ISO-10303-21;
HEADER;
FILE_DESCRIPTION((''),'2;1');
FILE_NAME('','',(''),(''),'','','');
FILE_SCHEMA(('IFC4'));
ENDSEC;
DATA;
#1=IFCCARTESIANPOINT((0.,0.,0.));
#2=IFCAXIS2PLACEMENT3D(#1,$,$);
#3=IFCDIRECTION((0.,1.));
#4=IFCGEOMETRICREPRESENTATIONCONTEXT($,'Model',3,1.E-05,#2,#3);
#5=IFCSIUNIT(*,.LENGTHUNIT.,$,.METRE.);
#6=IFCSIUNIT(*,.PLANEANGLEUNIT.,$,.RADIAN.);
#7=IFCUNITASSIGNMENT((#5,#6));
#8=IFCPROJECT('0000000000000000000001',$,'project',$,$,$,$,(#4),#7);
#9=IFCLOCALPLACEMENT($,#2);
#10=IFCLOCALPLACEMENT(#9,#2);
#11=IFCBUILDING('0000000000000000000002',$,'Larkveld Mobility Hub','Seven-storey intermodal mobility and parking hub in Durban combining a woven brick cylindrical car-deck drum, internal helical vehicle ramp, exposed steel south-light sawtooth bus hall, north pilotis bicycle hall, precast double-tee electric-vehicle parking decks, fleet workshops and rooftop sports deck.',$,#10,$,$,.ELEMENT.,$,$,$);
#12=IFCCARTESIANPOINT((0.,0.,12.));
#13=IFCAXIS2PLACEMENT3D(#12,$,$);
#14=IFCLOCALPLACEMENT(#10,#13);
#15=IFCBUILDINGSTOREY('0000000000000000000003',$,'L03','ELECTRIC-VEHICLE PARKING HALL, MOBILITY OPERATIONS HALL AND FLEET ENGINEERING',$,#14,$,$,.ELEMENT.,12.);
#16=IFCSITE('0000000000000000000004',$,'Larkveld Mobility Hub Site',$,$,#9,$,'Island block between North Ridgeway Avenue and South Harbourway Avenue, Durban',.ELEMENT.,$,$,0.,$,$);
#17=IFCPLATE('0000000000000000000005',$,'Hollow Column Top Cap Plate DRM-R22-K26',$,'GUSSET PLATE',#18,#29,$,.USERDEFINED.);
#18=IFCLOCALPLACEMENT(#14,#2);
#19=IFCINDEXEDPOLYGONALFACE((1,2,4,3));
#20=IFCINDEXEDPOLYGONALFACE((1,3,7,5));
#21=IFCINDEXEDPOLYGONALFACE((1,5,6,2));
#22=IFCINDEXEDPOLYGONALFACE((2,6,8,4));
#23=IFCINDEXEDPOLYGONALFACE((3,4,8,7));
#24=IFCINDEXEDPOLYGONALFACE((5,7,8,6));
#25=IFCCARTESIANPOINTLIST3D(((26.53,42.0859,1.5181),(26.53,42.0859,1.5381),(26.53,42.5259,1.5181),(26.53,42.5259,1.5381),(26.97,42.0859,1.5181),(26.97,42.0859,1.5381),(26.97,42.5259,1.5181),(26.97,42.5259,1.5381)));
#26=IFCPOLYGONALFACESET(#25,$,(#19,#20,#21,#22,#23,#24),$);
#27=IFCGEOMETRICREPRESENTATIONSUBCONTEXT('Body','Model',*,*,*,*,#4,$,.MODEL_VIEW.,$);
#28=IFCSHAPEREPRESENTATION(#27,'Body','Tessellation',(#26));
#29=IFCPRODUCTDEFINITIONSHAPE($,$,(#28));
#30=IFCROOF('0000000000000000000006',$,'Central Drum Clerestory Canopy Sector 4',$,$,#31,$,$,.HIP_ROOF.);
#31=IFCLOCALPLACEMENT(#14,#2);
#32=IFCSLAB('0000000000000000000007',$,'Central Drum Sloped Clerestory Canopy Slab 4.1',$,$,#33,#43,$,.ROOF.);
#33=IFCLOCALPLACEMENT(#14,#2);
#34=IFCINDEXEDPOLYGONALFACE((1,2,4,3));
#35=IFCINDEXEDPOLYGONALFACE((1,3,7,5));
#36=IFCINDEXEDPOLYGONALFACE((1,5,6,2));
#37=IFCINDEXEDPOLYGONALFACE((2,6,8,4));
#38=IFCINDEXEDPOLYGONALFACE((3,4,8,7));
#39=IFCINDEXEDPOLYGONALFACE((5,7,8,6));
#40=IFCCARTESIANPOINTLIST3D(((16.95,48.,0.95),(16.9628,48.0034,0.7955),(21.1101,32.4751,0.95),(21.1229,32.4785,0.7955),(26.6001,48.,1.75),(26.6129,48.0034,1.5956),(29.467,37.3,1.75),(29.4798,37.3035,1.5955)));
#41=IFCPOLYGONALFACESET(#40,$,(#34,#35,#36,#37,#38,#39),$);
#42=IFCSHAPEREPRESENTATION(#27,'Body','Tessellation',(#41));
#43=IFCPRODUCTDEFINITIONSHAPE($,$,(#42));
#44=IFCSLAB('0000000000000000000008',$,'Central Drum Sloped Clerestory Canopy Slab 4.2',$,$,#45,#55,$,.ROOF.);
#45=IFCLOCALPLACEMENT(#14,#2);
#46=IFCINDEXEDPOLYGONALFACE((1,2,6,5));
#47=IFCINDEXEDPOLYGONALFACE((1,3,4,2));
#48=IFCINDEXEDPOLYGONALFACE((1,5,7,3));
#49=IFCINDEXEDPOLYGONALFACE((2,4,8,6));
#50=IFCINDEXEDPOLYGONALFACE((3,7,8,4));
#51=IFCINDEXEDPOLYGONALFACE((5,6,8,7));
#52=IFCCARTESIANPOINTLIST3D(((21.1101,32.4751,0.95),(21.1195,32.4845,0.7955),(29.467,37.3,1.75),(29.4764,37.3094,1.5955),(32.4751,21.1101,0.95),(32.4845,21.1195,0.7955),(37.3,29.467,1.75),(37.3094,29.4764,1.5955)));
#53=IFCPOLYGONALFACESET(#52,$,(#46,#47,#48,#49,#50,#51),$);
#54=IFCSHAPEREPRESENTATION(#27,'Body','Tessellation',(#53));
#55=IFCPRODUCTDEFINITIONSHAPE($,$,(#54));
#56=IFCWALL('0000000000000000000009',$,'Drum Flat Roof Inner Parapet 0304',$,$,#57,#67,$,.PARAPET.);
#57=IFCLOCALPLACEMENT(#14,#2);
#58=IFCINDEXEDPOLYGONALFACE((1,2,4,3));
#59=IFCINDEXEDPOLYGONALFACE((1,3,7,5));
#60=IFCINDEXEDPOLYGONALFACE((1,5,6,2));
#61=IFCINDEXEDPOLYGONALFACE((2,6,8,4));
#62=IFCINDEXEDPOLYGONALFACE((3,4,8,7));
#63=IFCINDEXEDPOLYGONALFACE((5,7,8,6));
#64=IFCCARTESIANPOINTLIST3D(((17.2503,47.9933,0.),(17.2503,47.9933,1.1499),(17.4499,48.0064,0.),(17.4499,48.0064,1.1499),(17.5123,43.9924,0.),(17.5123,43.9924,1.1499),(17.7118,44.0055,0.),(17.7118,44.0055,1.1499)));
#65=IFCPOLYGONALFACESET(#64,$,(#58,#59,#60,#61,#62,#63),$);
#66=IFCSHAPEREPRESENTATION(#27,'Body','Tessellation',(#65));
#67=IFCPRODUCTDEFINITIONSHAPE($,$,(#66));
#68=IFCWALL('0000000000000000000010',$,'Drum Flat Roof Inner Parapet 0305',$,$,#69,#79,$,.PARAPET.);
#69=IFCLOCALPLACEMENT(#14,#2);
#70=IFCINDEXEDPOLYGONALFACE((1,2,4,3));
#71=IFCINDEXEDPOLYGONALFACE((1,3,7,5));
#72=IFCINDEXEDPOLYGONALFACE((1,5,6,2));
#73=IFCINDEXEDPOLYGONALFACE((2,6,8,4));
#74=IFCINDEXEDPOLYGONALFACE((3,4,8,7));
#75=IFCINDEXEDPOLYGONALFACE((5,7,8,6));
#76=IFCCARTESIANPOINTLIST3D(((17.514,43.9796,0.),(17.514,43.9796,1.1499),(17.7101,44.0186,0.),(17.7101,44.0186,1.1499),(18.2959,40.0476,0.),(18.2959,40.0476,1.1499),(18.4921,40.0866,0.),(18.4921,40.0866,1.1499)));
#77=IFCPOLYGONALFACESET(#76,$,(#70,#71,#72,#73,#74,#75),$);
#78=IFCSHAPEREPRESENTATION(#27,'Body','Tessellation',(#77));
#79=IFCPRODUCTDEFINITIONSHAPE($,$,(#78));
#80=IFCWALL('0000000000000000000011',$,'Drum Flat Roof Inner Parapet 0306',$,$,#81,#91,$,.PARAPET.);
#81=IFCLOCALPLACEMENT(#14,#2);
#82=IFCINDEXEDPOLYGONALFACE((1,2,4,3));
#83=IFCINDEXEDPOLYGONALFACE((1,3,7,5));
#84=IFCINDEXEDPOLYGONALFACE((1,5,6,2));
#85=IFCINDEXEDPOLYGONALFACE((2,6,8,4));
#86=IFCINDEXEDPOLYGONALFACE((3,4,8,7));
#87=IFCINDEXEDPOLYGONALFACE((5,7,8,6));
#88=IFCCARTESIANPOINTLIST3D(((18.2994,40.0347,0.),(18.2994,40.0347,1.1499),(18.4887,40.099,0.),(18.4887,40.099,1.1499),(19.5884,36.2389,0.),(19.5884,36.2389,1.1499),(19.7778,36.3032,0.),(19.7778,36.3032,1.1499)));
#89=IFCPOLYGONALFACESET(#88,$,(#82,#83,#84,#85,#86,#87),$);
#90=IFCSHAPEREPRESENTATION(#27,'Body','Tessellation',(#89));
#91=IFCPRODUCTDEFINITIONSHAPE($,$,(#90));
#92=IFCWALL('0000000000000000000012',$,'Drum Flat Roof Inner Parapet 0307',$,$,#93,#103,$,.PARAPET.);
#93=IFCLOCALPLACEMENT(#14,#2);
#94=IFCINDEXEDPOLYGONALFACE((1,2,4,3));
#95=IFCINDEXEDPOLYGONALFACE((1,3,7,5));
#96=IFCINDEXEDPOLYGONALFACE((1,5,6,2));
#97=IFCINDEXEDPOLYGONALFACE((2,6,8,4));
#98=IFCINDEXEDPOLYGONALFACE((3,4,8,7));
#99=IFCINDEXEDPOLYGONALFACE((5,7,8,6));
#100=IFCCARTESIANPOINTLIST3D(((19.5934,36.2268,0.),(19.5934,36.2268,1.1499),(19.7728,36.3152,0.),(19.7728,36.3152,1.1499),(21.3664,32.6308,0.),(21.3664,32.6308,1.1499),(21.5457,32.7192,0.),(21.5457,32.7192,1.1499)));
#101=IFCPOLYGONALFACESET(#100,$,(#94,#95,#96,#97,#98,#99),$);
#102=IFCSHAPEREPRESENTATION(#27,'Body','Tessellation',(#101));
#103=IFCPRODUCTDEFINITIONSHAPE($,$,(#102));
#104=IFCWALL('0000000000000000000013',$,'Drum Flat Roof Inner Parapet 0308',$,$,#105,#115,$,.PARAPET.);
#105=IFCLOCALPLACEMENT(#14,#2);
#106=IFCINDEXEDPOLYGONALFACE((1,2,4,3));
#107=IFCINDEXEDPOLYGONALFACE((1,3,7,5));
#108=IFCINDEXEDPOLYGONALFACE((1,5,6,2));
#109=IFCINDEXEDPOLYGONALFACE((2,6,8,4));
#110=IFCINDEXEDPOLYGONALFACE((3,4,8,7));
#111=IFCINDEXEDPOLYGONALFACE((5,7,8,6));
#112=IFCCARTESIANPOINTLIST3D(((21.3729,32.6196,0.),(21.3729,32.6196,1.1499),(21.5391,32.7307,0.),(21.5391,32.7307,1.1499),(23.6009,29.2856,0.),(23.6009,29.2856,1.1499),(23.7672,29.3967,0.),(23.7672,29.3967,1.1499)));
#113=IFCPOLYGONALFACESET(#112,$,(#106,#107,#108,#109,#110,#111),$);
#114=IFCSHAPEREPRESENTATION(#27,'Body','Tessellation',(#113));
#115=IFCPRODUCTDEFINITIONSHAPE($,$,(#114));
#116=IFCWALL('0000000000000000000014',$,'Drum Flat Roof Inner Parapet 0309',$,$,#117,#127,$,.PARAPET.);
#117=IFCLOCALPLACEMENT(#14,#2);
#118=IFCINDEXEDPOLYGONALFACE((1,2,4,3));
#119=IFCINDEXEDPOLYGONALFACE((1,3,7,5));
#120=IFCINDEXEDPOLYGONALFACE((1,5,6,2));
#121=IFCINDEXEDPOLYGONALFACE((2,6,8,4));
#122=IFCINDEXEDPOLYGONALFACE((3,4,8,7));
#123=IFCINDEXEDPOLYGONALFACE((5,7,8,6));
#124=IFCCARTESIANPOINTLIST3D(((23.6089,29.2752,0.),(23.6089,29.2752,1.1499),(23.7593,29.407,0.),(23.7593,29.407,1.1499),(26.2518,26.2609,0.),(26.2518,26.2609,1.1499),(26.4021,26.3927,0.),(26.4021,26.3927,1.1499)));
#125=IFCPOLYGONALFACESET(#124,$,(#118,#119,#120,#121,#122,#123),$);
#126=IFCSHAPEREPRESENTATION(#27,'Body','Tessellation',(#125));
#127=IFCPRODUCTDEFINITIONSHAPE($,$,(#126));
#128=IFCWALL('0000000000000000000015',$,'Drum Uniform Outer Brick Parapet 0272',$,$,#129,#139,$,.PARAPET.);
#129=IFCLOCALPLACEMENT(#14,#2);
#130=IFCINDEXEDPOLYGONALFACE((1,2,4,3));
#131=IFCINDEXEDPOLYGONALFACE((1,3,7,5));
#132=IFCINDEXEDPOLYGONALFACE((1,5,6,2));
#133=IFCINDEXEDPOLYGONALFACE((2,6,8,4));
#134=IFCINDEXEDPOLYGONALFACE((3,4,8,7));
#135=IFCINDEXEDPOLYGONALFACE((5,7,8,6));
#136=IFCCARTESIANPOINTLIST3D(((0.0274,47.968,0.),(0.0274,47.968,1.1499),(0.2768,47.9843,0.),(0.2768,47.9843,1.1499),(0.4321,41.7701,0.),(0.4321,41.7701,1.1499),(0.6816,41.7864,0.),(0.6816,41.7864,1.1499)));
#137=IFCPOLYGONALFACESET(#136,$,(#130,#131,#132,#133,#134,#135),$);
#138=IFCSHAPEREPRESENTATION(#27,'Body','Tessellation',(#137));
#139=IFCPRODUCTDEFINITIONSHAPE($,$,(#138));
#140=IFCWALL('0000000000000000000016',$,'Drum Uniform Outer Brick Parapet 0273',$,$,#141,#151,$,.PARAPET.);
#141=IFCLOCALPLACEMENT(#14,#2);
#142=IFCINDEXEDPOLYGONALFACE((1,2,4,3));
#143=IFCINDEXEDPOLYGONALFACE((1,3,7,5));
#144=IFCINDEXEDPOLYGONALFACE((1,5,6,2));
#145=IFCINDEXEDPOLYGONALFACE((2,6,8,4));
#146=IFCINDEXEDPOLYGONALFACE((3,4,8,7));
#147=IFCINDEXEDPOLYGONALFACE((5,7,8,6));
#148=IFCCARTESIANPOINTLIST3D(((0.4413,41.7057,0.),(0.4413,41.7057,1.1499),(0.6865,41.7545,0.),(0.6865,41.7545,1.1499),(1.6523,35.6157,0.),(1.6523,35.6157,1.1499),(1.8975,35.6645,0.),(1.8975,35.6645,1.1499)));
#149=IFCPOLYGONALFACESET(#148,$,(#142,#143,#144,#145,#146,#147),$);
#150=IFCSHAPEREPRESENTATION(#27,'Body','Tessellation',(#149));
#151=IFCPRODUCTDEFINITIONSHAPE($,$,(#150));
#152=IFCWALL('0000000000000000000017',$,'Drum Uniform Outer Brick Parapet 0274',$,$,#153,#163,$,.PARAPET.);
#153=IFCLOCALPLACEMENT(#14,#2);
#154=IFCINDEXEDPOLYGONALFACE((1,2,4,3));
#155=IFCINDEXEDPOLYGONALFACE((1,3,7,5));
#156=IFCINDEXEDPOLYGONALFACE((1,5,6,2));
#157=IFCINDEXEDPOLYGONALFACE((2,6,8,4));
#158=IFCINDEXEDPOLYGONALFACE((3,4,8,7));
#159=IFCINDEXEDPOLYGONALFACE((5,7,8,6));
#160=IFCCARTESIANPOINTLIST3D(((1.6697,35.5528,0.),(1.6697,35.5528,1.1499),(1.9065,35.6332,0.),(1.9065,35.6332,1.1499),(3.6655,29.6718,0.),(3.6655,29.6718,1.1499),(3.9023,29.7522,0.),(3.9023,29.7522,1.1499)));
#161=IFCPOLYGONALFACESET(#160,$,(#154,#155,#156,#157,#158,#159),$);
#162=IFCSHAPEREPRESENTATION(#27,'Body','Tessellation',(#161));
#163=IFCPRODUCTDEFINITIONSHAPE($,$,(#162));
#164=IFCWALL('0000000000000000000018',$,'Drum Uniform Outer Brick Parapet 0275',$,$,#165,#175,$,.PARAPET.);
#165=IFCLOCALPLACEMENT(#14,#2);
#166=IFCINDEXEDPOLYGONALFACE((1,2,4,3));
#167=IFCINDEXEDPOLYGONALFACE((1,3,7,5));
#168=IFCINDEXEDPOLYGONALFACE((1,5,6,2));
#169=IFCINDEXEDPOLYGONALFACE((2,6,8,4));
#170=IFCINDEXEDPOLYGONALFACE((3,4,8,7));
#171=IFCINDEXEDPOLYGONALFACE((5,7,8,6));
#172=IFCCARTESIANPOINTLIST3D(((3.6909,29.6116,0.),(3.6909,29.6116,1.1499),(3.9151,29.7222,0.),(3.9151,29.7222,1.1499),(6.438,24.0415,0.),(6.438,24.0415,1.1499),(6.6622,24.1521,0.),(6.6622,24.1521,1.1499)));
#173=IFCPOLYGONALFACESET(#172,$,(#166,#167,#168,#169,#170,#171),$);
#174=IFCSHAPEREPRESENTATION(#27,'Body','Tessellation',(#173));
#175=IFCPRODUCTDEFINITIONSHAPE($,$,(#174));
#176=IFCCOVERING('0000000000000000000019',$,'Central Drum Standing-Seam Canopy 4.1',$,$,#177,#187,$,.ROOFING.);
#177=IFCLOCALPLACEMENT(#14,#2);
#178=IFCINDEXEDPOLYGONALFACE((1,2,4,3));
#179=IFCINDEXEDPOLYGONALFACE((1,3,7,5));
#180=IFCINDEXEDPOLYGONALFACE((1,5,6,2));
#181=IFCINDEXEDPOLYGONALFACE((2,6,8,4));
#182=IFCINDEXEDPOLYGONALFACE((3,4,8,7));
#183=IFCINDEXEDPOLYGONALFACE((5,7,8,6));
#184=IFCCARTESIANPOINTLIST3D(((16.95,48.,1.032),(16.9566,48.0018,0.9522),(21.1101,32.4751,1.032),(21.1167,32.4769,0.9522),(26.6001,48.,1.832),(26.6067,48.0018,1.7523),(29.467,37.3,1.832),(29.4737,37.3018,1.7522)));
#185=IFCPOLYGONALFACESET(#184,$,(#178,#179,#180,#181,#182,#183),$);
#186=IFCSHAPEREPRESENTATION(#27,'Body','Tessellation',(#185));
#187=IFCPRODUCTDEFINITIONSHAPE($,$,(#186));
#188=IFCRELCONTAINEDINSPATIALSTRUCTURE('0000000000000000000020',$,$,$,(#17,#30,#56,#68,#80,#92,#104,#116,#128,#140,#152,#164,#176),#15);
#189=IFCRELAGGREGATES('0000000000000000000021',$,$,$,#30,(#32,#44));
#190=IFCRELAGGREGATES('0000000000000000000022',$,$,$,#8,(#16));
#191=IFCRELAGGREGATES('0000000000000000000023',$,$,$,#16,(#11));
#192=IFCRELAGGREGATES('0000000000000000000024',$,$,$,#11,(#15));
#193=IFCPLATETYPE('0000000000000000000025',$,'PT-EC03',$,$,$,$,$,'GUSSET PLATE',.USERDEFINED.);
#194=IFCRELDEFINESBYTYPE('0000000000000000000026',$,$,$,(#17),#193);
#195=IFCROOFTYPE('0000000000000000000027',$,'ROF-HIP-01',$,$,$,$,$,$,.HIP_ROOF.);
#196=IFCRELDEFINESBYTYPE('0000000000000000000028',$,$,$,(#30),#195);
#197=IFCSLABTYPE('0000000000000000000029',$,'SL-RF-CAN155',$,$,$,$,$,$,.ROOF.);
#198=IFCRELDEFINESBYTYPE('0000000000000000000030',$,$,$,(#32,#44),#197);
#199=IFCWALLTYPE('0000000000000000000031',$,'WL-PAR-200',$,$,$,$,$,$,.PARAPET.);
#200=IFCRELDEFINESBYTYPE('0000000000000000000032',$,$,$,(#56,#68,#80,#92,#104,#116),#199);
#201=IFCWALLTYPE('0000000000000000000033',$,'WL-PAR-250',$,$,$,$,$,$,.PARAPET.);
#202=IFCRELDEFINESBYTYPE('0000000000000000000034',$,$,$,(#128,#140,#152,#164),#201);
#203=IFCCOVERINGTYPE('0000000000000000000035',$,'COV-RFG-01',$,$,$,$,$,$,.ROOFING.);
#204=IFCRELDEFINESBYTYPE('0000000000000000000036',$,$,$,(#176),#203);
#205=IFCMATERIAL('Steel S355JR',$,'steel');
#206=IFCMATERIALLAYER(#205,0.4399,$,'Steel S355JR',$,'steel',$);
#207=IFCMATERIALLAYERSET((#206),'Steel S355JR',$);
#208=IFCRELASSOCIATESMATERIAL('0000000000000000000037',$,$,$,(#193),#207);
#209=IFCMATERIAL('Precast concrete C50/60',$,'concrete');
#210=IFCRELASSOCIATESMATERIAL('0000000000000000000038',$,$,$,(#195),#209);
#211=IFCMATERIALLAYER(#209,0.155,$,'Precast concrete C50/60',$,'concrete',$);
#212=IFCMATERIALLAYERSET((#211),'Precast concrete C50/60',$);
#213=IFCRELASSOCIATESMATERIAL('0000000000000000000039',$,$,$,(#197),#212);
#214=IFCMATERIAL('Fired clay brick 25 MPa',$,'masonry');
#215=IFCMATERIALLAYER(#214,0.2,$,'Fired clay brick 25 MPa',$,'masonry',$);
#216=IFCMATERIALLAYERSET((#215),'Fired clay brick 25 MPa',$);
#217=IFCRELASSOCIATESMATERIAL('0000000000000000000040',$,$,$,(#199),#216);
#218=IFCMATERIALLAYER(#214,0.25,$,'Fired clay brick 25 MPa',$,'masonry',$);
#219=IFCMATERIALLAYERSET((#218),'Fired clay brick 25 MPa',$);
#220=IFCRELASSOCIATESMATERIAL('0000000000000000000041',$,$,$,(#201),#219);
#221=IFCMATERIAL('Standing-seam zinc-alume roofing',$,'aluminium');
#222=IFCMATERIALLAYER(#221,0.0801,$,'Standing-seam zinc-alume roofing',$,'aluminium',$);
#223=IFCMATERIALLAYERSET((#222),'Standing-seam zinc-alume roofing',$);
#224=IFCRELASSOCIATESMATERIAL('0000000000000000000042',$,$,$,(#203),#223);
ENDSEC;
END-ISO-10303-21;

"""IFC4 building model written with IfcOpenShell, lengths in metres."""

from ifc_helpers import new_model, si_unit, direction, frame, frame_2d, origin, origin_2d, place, context, subcontext, project, spatial, polyline, rectangle, outline, extrude, material, layer, layer_set, type_object, element, aggregate, save


model = new_model("IFC4")

# Units and contexts
model_context = context("Model", 3, precision=1e-05, world=origin(), true_north=direction((0.0, 1.0)))
body_context = subcontext(model_context, "Body", "Model", "MODEL_VIEW")
ifc_project = project(units=[si_unit("LENGTHUNIT", "METRE"), si_unit("PLANEANGLEUNIT", "RADIAN")], contexts=[model_context])

# Site, building, storey
site_placement = place(None, origin())
site = spatial("IfcSite", under=ifc_project, at=site_placement, Name="Larkveld Mobility Hub Site", LongName="Island block between North Ridgeway Avenue and South Harbourway Avenue, Durban", CompositionType="ELEMENT", RefElevation=0.0)
building_placement = place(site_placement, origin())
building = spatial("IfcBuilding", under=site, at=building_placement, Name="Larkveld Mobility Hub", Description="Seven-storey intermodal mobility and parking hub in Durban combining a woven brick cylindrical car-deck drum, internal helical vehicle ramp, exposed steel south-light sawtooth bus hall, north pilotis bicycle hall, precast double-tee electric-vehicle parking decks, fleet workshops and rooftop sports deck.", CompositionType="ELEMENT")
storey_placement = place(building_placement, frame((0.0, 0.0, 12.0)))
storey = spatial("IfcBuildingStorey", under=building, at=storey_placement, Name="L03", Description="ELECTRIC-VEHICLE PARKING HALL, MOBILITY OPERATIONS HALL AND FLEET ENGINEERING", CompositionType="ELEMENT", Elevation=12.0)

# Shared definitions
ifc_material_1 = material(Name="Steel S355JR", Category="steel")

# Plate
ifc_layer_1 = layer(ifc_material_1, 0.4399, Name="Steel S355JR", Category="steel")
ifc_layer_set_1 = layer_set([ifc_layer_1], Name="Steel S355JR")
plate_type = type_object("IfcPlateType", Name="PT-EC03", ElementType="GUSSET PLATE", PredefinedType="USERDEFINED", material=ifc_layer_set_1)
plate_placement = place(storey_placement, frame((26.75, 42.3059, 1.5181), z_axis=(0.0, 0.0, 1.0), x_axis=(1.0, 0.0, 0.0)))
element("IfcPlate", 1, at=plate_placement, inside=storey, type_object=plate_type, Name="Hollow Column Top Cap Plate DRM-R22-K26", ObjectType="GUSSET PLATE", PredefinedType="USERDEFINED", context=body_context, shape_type="SweptSolid", body=[
    extrude(rectangle(XDim=0.4399, YDim=0.4399, at=origin_2d()), origin(), (0.0, 0.0, 1.0), 0.02),
])

# Roof, slabs
ifc_material_2 = material(Name="Precast concrete C50/60", Category="concrete")
roof_type = type_object("IfcRoofType", Name="ROF-HIP-01", PredefinedType="HIP_ROOF", material=ifc_material_2)
roof_placement = place(storey_placement, origin())
roof = element("IfcRoof", 2, at=roof_placement, inside=storey, type_object=roof_type, Name="Central Drum Clerestory Canopy Sector 4", PredefinedType="HIP_ROOF")
ifc_layer_2 = layer(ifc_material_2, 0.155, Name="Precast concrete C50/60", Category="concrete")
ifc_layer_set_2 = layer_set([ifc_layer_2], Name="Precast concrete C50/60")
slab_type = type_object("IfcSlabType", Name="SL-RF-CAN155", PredefinedType="ROOF", material=ifc_layer_set_2)
slab_1_placement = place(storey_placement, frame((16.95, 48.0, 0.95), z_axis=(-0.082603, -0.022134, 0.996337), x_axis=(0.258835, -0.965922, 0.000001)))
slab_1 = element("IfcSlab", 3, at=slab_1_placement, type_object=slab_type, Name="Central Drum Sloped Clerestory Canopy Slab 4.1", PredefinedType="ROOF", context=body_context, shape_type="SweptSolid", body=[
    extrude(outline(polyline([(0.0, 0.0), (16.0726, 0.0), (13.5752, 9.3553), (2.4978, 9.3556), (0.0, 0.0)])), origin(), (0.0, 0.0, -1.0), 0.155),
])
slab_2_placement = place(storey_placement, frame((21.1101, 32.4751, 0.95), z_axis=(-0.060471, -0.060471, 0.996337), x_axis=(0.707107, -0.707107, 0.0)))
slab_2 = element("IfcSlab", 4, at=slab_2_placement, type_object=slab_type, Name="Central Drum Sloped Clerestory Canopy Slab 4.2", PredefinedType="ROOF", context=body_context, shape_type="SweptSolid", body=[
    extrude(outline(polyline([(0.0, 0.0), (16.0725, 0.0), (13.575, 9.3553), (2.4975, 9.3553), (0.0, 0.0)])), origin(), (0.0, 0.0, -1.0), 0.155),
])
aggregate(roof, [slab_1, slab_2])

# Walls
ifc_material_3 = material(Name="Fired clay brick 25 MPa", Category="masonry")
ifc_layer_3 = layer(ifc_material_3, 0.2, Name="Fired clay brick 25 MPa", Category="masonry")
ifc_layer_set_3 = layer_set([ifc_layer_3], Name="Fired clay brick 25 MPa")
wall_type_1 = type_object("IfcWallType", Name="WL-PAR-200", PredefinedType="PARAPET", material=ifc_layer_set_3)
wall_1_placement = place(storey_placement, frame((17.3501, 48.0, 0.0), z_axis=(0.0, 0.0, 1.0), x_axis=(0.065335, -0.997863, 0.0)))
element("IfcWall", 5, at=wall_1_placement, inside=storey, type_object=wall_type_1, Name="Drum Flat Roof Inner Parapet 0304", PredefinedType="PARAPET", context=body_context, shape_type="SweptSolid", body=[
    extrude(rectangle(XDim=4.0095, YDim=0.2, at=frame_2d((2.0049, 0.0))), origin(), (0.0, 0.0, 1.0), 1.1499),
])
wall_2_placement = place(storey_placement, frame((17.6121, 43.999, 0.0), z_axis=(0.0, 0.0, 1.0), x_axis=(0.19505, -0.980793, 0.0)))
element("IfcWall", 6, at=wall_2_placement, inside=storey, type_object=wall_type_1, Name="Drum Flat Roof Inner Parapet 0305", PredefinedType="PARAPET", context=body_context, shape_type="SweptSolid", body=[
    extrude(rectangle(XDim=4.009, YDim=0.2, at=frame_2d((2.0044, 0.0))), origin(), (0.0, 0.0, 1.0), 1.1499),
])
wall_3_placement = place(storey_placement, frame((18.394, 40.0669, 0.0), z_axis=(0.0, 0.0, 1.0), x_axis=(0.321558, -0.94689, 0.0)))
element("IfcWall", 7, at=wall_3_placement, inside=storey, type_object=wall_type_1, Name="Drum Flat Roof Inner Parapet 0306", PredefinedType="PARAPET", context=body_context, shape_type="SweptSolid", body=[
    extrude(rectangle(XDim=4.0088, YDim=0.2, at=frame_2d((2.0044, 0.0))), origin(), (0.0, 0.0, 1.0), 1.1499),
])
wall_4_placement = place(storey_placement, frame((19.6831, 36.271, 0.0), z_axis=(0.0, 0.0, 1.0), x_axis=(0.442213, -0.89691, 0.0)))
element("IfcWall", 8, at=wall_4_placement, inside=storey, type_object=wall_type_1, Name="Drum Flat Roof Inner Parapet 0307", PredefinedType="PARAPET", context=body_context, shape_type="SweptSolid", body=[
    extrude(rectangle(XDim=4.0093, YDim=0.2, at=frame_2d((2.0046, 0.0))), origin(), (0.0, 0.0, 1.0), 1.1499),
])
wall_5_placement = place(storey_placement, frame((21.4561, 32.675, 0.0), z_axis=(0.0, 0.0, 1.0), x_axis=(0.555627, -0.831432, 0.0)))
element("IfcWall", 9, at=wall_5_placement, inside=storey, type_object=wall_type_1, Name="Drum Flat Roof Inner Parapet 0308", PredefinedType="PARAPET", context=body_context, shape_type="SweptSolid", body=[
    extrude(rectangle(XDim=4.01, YDim=0.2, at=frame_2d((2.0049, 0.0))), origin(), (0.0, 0.0, 1.0), 1.1499),
])
wall_6_placement = place(storey_placement, frame((23.6841, 29.3411, 0.0), z_axis=(0.0, 0.0, 1.0), x_axis=(0.659272, -0.751905, 0.0)))
element("IfcWall", 10, at=wall_6_placement, inside=storey, type_object=wall_type_1, Name="Drum Flat Roof Inner Parapet 0309", PredefinedType="PARAPET", context=body_context, shape_type="SweptSolid", body=[
    extrude(rectangle(XDim=4.0088, YDim=0.2, at=frame_2d((2.0044, 0.0))), origin(), (0.0, 0.0, 1.0), 1.1499),
])
ifc_layer_4 = layer(ifc_material_3, 0.25, Name="Fired clay brick 25 MPa", Category="masonry")
ifc_layer_set_4 = layer_set([ifc_layer_4], Name="Fired clay brick 25 MPa")
wall_type_2 = type_object("IfcWallType", Name="WL-PAR-250", PredefinedType="PARAPET", material=ifc_layer_set_4)
wall_7_placement = place(storey_placement, frame((0.1521, 47.9761, 0.0), z_axis=(0.0, 0.0, 1.0), x_axis=(0.06517, -0.997874, 0.0)))
element("IfcWall", 11, at=wall_7_placement, inside=storey, type_object=wall_type_2, Name="Drum Uniform Outer Brick Parapet 0272", PredefinedType="PARAPET", context=body_context, shape_type="SweptSolid", body=[
    extrude(rectangle(XDim=6.2112, YDim=0.25, at=frame_2d((3.1055, 0.0))), origin(), (0.0, 0.0, 1.0), 1.1499),
])
wall_8_placement = place(storey_placement, frame((0.564, 41.73, 0.0), z_axis=(0.0, 0.0, 1.0), x_axis=(0.19502, -0.980799, 0.0)))
element("IfcWall", 12, at=wall_8_placement, inside=storey, type_object=wall_type_2, Name="Drum Uniform Outer Brick Parapet 0273", PredefinedType="PARAPET", context=body_context, shape_type="SweptSolid", body=[
    extrude(rectangle(XDim=6.2092, YDim=0.25, at=frame_2d((3.1045, 0.0))), origin(), (0.0, 0.0, 1.0), 1.1499),
])
wall_9_placement = place(storey_placement, frame((1.7881, 35.593, 0.0), z_axis=(0.0, 0.0, 1.0), x_axis=(0.321365, -0.946955, 0.0)))
element("IfcWall", 13, at=wall_9_placement, inside=storey, type_object=wall_type_2, Name="Drum Uniform Outer Brick Parapet 0274", PredefinedType="PARAPET", context=body_context, shape_type="SweptSolid", body=[
    extrude(rectangle(XDim=6.2104, YDim=0.25, at=frame_2d((3.1052, 0.0))), origin(), (0.0, 0.0, 1.0), 1.1499),
])
wall_10_placement = place(storey_placement, frame((3.803, 29.667, 0.0), z_axis=(0.0, 0.0, 1.0), x_axis=(0.442317, -0.896859, 0.0)))
element("IfcWall", 14, at=wall_10_placement, inside=storey, type_object=wall_type_2, Name="Drum Uniform Outer Brick Parapet 0275", PredefinedType="PARAPET", context=body_context, shape_type="SweptSolid", body=[
    extrude(rectangle(XDim=6.2107, YDim=0.25, at=frame_2d((3.1055, 0.0))), origin(), (0.0, 0.0, 1.0), 1.1499),
])

# Covering
ifc_material_4 = material(Name="Standing-seam zinc-alume roofing", Category="aluminium")
ifc_layer_5 = layer(ifc_material_4, 0.0801, Name="Standing-seam zinc-alume roofing", Category="aluminium")
ifc_layer_set_5 = layer_set([ifc_layer_5], Name="Standing-seam zinc-alume roofing")
covering_type = type_object("IfcCoveringType", Name="COV-RFG-01", PredefinedType="ROOFING", material=ifc_layer_set_5)
covering_1_placement = place(storey_placement, frame((16.95, 48.0, 1.032), z_axis=(-0.082603, -0.022134, 0.996337), x_axis=(0.258835, -0.965922, 0.000001)))
element("IfcCovering", 15, at=covering_1_placement, inside=storey, type_object=covering_type, Name="Central Drum Standing-Seam Canopy 4.1", PredefinedType="ROOFING", context=body_context, shape_type="SweptSolid", body=[
    extrude(outline(polyline([(0.0, 0.0), (16.0726, 0.0), (13.5752, 9.3553), (2.4978, 9.3556), (0.0, 0.0)])), origin(), (0.0, 0.0, -1.0), 0.0801),
])

save(model, "model.ifc")
